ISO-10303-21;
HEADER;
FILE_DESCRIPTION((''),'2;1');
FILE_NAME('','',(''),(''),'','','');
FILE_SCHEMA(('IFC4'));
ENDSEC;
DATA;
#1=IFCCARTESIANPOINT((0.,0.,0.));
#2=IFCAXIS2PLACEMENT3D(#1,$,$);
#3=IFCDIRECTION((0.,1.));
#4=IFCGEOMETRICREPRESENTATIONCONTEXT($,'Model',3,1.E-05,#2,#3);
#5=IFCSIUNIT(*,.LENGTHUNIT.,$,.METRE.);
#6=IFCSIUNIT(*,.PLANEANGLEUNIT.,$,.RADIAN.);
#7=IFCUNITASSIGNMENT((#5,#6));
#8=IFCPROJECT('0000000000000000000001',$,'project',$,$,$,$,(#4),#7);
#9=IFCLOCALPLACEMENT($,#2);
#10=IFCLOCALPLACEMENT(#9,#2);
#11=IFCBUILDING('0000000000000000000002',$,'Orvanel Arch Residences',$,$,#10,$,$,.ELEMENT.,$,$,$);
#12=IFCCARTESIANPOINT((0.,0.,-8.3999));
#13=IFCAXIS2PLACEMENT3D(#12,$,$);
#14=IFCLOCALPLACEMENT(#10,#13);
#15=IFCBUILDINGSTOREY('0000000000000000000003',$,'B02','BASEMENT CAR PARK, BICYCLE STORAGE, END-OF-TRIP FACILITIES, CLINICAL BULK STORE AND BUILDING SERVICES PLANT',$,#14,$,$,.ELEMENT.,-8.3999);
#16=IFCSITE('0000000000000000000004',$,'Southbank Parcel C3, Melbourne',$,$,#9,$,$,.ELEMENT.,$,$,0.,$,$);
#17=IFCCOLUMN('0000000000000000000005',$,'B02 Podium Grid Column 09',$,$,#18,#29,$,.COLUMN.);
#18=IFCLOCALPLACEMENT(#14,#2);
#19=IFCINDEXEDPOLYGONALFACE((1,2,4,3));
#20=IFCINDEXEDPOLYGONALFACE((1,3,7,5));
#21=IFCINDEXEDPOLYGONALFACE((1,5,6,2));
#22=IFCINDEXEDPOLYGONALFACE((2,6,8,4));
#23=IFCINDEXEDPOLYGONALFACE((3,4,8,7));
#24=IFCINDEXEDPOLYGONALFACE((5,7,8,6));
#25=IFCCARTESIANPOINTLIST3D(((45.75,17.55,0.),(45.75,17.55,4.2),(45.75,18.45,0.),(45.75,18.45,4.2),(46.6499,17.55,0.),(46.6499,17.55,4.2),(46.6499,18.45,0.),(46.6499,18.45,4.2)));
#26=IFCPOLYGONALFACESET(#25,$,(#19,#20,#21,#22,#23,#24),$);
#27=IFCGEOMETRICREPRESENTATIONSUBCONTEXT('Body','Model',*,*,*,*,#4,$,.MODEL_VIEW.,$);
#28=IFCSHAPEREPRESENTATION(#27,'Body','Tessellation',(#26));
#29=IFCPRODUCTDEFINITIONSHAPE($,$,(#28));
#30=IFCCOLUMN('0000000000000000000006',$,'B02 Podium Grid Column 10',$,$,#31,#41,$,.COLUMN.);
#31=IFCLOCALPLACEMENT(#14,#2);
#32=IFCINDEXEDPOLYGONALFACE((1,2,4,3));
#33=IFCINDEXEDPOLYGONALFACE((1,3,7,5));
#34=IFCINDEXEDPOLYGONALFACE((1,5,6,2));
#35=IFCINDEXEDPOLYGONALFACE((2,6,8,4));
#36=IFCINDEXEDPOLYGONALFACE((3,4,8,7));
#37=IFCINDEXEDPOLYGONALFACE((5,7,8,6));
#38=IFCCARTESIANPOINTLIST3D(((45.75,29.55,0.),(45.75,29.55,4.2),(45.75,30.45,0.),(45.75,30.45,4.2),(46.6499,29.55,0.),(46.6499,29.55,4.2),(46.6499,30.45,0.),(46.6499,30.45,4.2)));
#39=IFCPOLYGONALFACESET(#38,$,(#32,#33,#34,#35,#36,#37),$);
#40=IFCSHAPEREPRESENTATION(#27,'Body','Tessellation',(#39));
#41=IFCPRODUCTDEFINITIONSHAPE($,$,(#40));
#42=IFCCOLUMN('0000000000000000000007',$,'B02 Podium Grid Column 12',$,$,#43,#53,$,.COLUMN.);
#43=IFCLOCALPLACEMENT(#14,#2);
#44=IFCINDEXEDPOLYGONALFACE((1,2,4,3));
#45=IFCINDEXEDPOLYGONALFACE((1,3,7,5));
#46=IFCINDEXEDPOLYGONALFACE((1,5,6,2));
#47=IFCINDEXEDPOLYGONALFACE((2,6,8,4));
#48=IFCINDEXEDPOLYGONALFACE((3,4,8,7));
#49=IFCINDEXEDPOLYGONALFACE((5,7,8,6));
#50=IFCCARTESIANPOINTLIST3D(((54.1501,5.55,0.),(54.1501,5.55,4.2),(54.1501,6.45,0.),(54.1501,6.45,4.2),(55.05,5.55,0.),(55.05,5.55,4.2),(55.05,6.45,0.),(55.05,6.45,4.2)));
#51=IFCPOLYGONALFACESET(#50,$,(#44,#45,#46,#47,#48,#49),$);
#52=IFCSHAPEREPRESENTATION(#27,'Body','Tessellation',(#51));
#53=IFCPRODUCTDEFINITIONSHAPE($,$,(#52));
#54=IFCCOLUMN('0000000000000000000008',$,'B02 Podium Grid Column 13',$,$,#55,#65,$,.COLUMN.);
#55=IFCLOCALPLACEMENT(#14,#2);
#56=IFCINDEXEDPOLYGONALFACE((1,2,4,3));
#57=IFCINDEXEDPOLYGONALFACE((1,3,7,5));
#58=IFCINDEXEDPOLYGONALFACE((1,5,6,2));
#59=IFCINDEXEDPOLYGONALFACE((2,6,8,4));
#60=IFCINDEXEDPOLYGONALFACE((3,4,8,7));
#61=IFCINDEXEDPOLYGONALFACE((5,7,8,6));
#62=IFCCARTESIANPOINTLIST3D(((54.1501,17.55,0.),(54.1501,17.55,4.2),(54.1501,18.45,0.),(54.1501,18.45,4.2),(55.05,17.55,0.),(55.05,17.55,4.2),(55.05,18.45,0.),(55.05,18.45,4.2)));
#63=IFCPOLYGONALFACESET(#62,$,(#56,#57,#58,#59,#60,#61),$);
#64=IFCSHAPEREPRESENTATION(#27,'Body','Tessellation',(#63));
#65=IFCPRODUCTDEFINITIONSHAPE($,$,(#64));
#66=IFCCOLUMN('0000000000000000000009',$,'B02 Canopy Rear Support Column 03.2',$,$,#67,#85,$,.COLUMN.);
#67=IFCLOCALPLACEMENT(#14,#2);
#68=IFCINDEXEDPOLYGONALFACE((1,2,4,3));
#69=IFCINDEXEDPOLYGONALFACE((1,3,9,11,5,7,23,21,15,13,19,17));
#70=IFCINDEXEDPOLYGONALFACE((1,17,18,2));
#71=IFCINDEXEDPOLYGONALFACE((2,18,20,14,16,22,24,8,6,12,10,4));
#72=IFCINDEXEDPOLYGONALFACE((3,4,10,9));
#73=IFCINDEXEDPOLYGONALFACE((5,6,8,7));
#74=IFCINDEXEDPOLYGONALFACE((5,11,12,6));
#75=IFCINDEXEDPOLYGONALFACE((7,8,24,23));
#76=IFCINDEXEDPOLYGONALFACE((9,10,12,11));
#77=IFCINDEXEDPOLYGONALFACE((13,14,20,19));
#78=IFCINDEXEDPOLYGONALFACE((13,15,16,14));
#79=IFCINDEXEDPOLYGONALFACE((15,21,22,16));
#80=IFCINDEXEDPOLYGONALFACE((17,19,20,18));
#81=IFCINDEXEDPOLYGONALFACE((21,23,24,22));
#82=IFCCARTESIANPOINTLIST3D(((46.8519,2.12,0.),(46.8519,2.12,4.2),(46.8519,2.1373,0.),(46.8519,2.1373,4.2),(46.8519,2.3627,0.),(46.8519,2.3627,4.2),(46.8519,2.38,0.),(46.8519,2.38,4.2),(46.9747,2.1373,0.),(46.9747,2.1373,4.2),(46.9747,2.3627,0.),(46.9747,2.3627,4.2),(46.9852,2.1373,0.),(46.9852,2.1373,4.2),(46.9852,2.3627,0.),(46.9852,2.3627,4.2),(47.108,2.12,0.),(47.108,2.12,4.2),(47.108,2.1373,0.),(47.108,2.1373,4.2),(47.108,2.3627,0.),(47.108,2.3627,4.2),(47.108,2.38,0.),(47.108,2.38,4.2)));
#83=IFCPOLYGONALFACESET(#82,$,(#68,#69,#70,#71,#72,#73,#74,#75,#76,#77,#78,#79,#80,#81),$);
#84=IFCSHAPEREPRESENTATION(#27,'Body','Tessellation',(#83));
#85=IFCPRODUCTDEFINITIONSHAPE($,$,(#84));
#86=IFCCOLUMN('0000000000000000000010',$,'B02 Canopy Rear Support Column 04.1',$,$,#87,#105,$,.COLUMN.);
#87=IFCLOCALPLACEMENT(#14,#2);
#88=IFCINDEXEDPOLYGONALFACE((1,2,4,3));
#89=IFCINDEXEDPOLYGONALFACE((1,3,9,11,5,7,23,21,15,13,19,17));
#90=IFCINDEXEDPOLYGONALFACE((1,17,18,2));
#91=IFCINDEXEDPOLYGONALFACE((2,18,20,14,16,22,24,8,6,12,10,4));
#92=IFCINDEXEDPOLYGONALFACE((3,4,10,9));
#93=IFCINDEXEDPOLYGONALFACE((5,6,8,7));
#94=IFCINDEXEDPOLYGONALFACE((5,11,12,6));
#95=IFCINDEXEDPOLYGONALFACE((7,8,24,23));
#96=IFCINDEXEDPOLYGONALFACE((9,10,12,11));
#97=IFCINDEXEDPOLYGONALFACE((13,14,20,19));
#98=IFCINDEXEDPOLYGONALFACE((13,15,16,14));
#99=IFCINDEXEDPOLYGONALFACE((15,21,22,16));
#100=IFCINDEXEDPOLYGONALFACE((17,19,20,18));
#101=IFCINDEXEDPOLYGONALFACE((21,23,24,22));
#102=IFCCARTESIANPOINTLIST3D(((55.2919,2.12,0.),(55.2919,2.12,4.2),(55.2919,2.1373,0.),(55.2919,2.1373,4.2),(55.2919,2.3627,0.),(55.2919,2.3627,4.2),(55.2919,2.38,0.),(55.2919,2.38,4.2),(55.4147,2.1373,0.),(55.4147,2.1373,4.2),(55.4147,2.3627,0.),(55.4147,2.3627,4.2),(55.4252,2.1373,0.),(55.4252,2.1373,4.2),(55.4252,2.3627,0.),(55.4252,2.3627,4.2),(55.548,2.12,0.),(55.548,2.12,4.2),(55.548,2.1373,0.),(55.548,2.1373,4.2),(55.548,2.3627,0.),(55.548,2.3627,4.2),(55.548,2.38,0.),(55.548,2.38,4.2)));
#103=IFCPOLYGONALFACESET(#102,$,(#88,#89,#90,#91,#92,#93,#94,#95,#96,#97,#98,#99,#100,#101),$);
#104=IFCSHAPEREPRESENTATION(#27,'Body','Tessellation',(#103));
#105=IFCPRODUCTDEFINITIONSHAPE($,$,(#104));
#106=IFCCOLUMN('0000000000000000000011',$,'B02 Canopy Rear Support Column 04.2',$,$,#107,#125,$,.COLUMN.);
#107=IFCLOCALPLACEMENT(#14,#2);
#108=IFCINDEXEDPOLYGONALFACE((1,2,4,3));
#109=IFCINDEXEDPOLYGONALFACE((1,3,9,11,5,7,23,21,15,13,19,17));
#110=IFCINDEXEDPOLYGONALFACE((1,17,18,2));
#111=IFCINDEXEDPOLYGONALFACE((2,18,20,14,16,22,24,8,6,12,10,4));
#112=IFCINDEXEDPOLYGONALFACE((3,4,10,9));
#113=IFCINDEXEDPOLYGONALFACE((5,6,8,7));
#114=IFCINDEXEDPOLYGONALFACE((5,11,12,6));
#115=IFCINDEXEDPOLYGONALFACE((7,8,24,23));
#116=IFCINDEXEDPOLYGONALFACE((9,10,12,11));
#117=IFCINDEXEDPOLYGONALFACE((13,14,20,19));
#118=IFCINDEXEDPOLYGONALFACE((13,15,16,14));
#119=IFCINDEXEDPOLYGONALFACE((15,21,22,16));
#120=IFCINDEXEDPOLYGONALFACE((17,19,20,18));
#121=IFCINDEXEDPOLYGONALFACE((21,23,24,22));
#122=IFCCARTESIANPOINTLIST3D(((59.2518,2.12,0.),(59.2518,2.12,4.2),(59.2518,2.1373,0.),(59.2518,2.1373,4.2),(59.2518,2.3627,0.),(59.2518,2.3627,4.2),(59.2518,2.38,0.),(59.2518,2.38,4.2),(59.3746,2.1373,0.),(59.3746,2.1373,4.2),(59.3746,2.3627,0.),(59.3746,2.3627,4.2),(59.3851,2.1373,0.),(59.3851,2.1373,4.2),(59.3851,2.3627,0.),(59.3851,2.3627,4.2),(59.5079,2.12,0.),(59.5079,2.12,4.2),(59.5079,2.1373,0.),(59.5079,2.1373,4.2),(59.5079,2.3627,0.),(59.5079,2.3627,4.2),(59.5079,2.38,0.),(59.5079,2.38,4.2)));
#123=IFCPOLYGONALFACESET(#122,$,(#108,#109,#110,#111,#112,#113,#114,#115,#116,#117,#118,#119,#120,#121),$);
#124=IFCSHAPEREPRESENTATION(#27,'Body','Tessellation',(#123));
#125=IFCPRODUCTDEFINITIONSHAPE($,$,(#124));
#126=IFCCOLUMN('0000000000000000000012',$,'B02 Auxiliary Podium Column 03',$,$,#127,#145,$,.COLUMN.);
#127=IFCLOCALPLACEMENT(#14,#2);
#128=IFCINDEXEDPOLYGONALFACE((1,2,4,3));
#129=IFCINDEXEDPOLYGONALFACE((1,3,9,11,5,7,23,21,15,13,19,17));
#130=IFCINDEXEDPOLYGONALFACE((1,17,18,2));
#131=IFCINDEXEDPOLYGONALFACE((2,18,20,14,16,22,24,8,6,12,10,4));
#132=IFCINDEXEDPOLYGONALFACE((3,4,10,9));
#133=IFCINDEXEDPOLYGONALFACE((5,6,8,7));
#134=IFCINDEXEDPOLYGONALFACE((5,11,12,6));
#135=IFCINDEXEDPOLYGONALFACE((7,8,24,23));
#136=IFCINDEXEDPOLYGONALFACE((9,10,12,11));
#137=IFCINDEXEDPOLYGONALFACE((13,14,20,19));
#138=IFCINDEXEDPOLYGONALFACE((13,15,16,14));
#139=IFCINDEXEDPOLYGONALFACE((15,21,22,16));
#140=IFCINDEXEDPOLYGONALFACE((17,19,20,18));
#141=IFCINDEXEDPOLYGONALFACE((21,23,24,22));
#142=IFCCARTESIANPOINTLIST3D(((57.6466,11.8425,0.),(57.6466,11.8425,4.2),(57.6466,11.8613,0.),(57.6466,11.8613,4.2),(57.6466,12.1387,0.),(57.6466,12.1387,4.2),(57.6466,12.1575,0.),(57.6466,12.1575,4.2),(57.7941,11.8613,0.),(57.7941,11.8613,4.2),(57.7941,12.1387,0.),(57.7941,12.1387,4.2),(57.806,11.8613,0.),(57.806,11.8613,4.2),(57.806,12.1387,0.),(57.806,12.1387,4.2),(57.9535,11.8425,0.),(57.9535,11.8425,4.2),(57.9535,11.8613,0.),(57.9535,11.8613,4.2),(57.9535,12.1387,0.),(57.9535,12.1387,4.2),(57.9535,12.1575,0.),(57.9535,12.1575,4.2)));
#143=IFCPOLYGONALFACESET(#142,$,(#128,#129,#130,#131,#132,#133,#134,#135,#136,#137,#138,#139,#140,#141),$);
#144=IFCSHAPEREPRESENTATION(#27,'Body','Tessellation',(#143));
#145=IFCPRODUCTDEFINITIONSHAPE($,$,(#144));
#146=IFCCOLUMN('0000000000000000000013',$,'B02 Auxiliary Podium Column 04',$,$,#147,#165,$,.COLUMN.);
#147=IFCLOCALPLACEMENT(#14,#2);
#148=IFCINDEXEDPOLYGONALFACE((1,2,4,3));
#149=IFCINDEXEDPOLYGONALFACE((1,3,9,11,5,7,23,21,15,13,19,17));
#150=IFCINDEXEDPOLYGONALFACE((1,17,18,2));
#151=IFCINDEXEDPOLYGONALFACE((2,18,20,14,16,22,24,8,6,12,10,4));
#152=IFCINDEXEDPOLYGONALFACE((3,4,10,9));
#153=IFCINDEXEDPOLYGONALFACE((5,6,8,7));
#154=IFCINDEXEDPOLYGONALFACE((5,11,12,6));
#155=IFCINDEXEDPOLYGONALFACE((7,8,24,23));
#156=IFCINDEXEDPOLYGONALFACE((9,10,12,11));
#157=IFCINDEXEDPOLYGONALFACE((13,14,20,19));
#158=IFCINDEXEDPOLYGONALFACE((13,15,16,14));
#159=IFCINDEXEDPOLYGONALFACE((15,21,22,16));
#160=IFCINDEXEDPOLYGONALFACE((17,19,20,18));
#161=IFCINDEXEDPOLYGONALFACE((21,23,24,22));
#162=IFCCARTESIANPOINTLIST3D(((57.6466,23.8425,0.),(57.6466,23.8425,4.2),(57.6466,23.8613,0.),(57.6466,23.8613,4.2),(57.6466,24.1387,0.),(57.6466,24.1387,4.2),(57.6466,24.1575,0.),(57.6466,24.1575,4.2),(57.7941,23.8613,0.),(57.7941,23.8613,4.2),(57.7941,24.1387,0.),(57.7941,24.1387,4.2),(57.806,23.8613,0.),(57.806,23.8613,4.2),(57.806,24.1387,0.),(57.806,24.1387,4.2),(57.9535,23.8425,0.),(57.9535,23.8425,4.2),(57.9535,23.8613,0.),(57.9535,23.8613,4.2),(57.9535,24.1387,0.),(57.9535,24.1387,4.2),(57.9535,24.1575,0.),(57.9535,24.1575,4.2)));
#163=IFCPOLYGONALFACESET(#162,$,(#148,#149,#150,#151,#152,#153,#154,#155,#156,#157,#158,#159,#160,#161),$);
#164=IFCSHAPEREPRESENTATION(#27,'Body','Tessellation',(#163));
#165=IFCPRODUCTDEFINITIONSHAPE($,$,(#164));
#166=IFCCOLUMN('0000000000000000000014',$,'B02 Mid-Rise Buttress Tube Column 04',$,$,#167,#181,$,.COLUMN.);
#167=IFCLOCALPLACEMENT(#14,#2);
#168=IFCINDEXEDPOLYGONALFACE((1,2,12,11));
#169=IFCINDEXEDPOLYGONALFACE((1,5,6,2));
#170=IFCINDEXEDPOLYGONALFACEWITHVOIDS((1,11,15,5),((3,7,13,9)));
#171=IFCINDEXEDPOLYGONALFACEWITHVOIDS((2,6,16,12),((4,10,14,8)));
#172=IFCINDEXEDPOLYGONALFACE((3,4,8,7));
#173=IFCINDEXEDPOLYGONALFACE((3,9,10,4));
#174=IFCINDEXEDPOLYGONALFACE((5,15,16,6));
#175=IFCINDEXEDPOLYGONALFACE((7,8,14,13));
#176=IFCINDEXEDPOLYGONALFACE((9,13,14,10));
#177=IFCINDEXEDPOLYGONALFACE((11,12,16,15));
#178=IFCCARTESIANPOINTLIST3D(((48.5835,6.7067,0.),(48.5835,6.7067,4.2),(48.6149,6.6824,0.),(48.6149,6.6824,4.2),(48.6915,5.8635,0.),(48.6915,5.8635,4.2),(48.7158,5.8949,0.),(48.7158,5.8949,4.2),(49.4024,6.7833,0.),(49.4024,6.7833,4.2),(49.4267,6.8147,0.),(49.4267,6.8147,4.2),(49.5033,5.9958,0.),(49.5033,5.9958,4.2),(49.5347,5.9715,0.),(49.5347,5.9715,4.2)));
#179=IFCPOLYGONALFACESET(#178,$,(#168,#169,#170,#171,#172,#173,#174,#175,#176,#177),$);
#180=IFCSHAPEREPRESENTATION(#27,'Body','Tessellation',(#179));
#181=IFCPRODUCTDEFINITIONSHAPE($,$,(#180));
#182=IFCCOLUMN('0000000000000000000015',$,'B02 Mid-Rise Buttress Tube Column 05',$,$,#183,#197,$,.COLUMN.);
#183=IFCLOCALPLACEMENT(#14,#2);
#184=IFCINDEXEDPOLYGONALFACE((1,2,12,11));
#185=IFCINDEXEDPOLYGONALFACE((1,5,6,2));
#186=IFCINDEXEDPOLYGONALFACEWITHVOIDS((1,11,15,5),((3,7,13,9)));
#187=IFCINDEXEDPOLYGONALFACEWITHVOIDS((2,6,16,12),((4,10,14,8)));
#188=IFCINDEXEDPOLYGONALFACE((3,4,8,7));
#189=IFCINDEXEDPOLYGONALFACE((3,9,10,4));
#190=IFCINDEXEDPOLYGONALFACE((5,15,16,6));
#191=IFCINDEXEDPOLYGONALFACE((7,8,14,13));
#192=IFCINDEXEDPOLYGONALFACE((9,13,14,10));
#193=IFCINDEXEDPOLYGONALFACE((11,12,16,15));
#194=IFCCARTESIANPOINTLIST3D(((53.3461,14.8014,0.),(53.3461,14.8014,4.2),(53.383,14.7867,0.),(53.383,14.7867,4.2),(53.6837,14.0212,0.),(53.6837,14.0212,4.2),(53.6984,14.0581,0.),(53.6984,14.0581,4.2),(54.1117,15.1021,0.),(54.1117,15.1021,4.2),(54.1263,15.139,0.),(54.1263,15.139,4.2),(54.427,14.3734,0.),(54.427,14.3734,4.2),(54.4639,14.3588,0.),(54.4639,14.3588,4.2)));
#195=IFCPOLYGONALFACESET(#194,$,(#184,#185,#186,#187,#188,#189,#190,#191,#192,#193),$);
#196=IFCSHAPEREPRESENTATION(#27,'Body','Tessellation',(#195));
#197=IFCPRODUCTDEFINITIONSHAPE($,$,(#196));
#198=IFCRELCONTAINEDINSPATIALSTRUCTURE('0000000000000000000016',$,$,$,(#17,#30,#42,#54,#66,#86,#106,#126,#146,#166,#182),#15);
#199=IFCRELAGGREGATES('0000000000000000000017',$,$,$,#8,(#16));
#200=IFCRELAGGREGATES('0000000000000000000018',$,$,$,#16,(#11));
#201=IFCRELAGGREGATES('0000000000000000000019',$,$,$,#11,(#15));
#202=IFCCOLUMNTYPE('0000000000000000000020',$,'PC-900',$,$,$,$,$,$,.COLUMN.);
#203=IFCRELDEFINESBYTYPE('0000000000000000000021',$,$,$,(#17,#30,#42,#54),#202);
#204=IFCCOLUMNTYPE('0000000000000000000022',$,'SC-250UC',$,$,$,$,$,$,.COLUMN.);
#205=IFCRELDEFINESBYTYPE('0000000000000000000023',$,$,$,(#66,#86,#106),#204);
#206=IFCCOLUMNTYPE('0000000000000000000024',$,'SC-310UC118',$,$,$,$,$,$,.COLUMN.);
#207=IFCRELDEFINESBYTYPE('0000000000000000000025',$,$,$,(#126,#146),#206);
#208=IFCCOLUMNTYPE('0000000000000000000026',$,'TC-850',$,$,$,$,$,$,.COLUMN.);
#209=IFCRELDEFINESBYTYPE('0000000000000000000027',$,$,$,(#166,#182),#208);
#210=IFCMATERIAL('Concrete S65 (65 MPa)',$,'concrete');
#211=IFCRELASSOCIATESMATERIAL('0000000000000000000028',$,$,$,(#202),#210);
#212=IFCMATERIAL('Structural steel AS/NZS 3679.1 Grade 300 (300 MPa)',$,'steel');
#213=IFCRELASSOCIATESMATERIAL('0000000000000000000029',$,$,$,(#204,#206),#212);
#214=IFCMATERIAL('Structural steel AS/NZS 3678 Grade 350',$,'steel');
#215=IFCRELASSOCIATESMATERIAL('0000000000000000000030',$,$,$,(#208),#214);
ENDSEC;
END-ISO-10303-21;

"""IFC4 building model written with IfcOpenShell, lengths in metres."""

from ifc_helpers import new_model, si_unit, direction, frame, origin, origin_2d, place, context, subcontext, project, spatial, rectangle, hollow_rectangle, i_section, extrude, material, material_profile, profile_set, type_object, element, save


model = new_model("IFC4")

# Units and contexts
model_context = context("Model", 3, precision=1e-05, world=origin(), true_north=direction((0.0, 1.0)))
body_context = subcontext(model_context, "Body", "Model", "MODEL_VIEW")
ifc_project = project(units=[si_unit("LENGTHUNIT", "METRE"), si_unit("PLANEANGLEUNIT", "RADIAN")], contexts=[model_context])

# Site, building, storey
site_placement = place(None, origin())
site = spatial("IfcSite", under=ifc_project, at=site_placement, Name="Southbank Parcel C3, Melbourne", CompositionType="ELEMENT", RefElevation=0.0)
building_placement = place(site_placement, origin())
building = spatial("IfcBuilding", under=site, at=building_placement, Name="Orvanel Arch Residences", CompositionType="ELEMENT")
storey_placement = place(building_placement, frame((0.0, 0.0, -8.3999)))
storey = spatial("IfcBuildingStorey", under=building, at=storey_placement, Name="B02", Description="BASEMENT CAR PARK, BICYCLE STORAGE, END-OF-TRIP FACILITIES, CLINICAL BULK STORE AND BUILDING SERVICES PLANT", CompositionType="ELEMENT", Elevation=-8.3999)

# Columns
ifc_material_1 = material(Name="Concrete S65 (65 MPa)", Category="concrete")
ifc_material_profile_1 = material_profile(ifc_material_1, rectangle(XDim=0.8999, YDim=0.8999, at=origin_2d()), Name="RC900x900")
ifc_profile_set_1 = profile_set([ifc_material_profile_1], Name="Concrete S65 (65 MPa)")
column_type_1 = type_object("IfcColumnType", Name="PC-900", PredefinedType="COLUMN", material=ifc_profile_set_1)
for number, where, z_axis, x_axis, name in (
    (1, (46.2, 18.0, 0.0), (0.0, 0.0, 1.0), (1.0, 0.0, 0.0), "B02 Podium Grid Column 09"),
    (2, (46.2, 30.0, 0.0), (0.0, 0.0, 1.0), (1.0, 0.0, 0.0), "B02 Podium Grid Column 10"),
    (3, (54.6001, 6.0, 0.0), (0.0, 0.0, 1.0), (1.0, 0.0, 0.0), "B02 Podium Grid Column 12"),
    (4, (54.6001, 18.0, 0.0), (0.0, 0.0, 1.0), (1.0, 0.0, 0.0), "B02 Podium Grid Column 13"),
):
    element("IfcColumn", number, at=place(storey_placement, frame(where, z_axis=z_axis, x_axis=x_axis)), inside=storey, type_object=column_type_1, Name=name, PredefinedType="COLUMN", context=body_context, shape_type="SweptSolid", body=[
        extrude(rectangle(XDim=0.8999, YDim=0.8999, at=origin_2d()), origin(), (0.0, 0.0, 1.0), 4.2),
    ])
ifc_material_2 = material(Name="Structural steel AS/NZS 3679.1 Grade 300 (300 MPa)", Category="steel")
ifc_material_profile_2 = material_profile(ifc_material_2, i_section(OverallWidth=0.2561, OverallDepth=0.26, WebThickness=0.0105, FlangeThickness=0.0173, at=origin_2d()), Name="250UC89.5")
ifc_profile_set_2 = profile_set([ifc_material_profile_2], Name="Structural steel AS/NZS 3679.1 Grade 300 (300 MPa)")
column_type_2 = type_object("IfcColumnType", Name="SC-250UC", PredefinedType="COLUMN", material=ifc_profile_set_2)
for number, where, z_axis, x_axis, name in (
    (5, (46.98, 2.25, 0.0), (0.0, 0.0, 1.0), (1.0, 0.0, 0.0), "B02 Canopy Rear Support Column 03.2"),
    (6, (55.4199, 2.25, 0.0), (0.0, 0.0, 1.0), (1.0, 0.0, 0.0), "B02 Canopy Rear Support Column 04.1"),
    (7, (59.3799, 2.25, 0.0), (0.0, 0.0, 1.0), (1.0, 0.0, 0.0), "B02 Canopy Rear Support Column 04.2"),
):
    element("IfcColumn", number, at=place(storey_placement, frame(where, z_axis=z_axis, x_axis=x_axis)), inside=storey, type_object=column_type_2, Name=name, PredefinedType="COLUMN", context=body_context, shape_type="SweptSolid", body=[
        extrude(i_section(OverallWidth=0.2561, OverallDepth=0.26, WebThickness=0.0105, FlangeThickness=0.0173, at=origin_2d()), origin(), (0.0, 0.0, 1.0), 4.2),
    ])
ifc_material_profile_3 = material_profile(ifc_material_2, i_section(OverallWidth=0.3069, OverallDepth=0.3149, WebThickness=0.012, FlangeThickness=0.0188, at=origin_2d()), Name="310UC118")
ifc_profile_set_3 = profile_set([ifc_material_profile_3], Name="Structural steel AS/NZS 3679.1 Grade 300 (300 MPa)")
column_type_3 = type_object("IfcColumnType", Name="SC-310UC118", PredefinedType="COLUMN", material=ifc_profile_set_3)
for number, where, z_axis, x_axis, name in (
    (8, (57.8, 12.0, 0.0), (0.0, 0.0, 1.0), (1.0, 0.0, 0.0), "B02 Auxiliary Podium Column 03"),
    (9, (57.8, 24.0, 0.0), (0.0, 0.0, 1.0), (1.0, 0.0, 0.0), "B02 Auxiliary Podium Column 04"),
):
    element("IfcColumn", number, at=place(storey_placement, frame(where, z_axis=z_axis, x_axis=x_axis)), inside=storey, type_object=column_type_3, Name=name, PredefinedType="COLUMN", context=body_context, shape_type="SweptSolid", body=[
        extrude(i_section(OverallWidth=0.3069, OverallDepth=0.3149, WebThickness=0.012, FlangeThickness=0.0188, at=origin_2d()), origin(), (0.0, 0.0, 1.0), 4.2),
    ])
ifc_material_3 = material(Name="Structural steel AS/NZS 3678 Grade 350", Category="steel")
ifc_material_profile_4 = material_profile(ifc_material_3, hollow_rectangle(XDim=0.8501, YDim=0.8501, WallThickness=0.0281, at=origin_2d()), Name="BOX850x850x28")
ifc_profile_set_4 = profile_set([ifc_material_profile_4], Name="Structural steel AS/NZS 3678 Grade 350")
column_type_4 = type_object("IfcColumnType", Name="TC-850", PredefinedType="COLUMN", material=ifc_profile_set_4)
for number, where, z_axis, x_axis, name in (
    (10, (49.0591, 6.3391, 0.0), (0.0, 0.0, 1.0), (0.991894, 0.127065, 0.0), "B02 Mid-Rise Buttress Tube Column 04"),
    (11, (53.905, 14.5801, 0.0), (0.0, 0.0, 1.0), (-0.397148, 0.917755, 0.0), "B02 Mid-Rise Buttress Tube Column 05"),
):
    element("IfcColumn", number, at=place(storey_placement, frame(where, z_axis=z_axis, x_axis=x_axis)), inside=storey, type_object=column_type_4, Name=name, PredefinedType="COLUMN", context=body_context, shape_type="SweptSolid", body=[
        extrude(hollow_rectangle(XDim=0.8501, YDim=0.8501, WallThickness=0.0281, at=origin_2d()), origin(), (0.0, 0.0, 1.0), 4.2),
    ])

save(model, "model.ifc")
